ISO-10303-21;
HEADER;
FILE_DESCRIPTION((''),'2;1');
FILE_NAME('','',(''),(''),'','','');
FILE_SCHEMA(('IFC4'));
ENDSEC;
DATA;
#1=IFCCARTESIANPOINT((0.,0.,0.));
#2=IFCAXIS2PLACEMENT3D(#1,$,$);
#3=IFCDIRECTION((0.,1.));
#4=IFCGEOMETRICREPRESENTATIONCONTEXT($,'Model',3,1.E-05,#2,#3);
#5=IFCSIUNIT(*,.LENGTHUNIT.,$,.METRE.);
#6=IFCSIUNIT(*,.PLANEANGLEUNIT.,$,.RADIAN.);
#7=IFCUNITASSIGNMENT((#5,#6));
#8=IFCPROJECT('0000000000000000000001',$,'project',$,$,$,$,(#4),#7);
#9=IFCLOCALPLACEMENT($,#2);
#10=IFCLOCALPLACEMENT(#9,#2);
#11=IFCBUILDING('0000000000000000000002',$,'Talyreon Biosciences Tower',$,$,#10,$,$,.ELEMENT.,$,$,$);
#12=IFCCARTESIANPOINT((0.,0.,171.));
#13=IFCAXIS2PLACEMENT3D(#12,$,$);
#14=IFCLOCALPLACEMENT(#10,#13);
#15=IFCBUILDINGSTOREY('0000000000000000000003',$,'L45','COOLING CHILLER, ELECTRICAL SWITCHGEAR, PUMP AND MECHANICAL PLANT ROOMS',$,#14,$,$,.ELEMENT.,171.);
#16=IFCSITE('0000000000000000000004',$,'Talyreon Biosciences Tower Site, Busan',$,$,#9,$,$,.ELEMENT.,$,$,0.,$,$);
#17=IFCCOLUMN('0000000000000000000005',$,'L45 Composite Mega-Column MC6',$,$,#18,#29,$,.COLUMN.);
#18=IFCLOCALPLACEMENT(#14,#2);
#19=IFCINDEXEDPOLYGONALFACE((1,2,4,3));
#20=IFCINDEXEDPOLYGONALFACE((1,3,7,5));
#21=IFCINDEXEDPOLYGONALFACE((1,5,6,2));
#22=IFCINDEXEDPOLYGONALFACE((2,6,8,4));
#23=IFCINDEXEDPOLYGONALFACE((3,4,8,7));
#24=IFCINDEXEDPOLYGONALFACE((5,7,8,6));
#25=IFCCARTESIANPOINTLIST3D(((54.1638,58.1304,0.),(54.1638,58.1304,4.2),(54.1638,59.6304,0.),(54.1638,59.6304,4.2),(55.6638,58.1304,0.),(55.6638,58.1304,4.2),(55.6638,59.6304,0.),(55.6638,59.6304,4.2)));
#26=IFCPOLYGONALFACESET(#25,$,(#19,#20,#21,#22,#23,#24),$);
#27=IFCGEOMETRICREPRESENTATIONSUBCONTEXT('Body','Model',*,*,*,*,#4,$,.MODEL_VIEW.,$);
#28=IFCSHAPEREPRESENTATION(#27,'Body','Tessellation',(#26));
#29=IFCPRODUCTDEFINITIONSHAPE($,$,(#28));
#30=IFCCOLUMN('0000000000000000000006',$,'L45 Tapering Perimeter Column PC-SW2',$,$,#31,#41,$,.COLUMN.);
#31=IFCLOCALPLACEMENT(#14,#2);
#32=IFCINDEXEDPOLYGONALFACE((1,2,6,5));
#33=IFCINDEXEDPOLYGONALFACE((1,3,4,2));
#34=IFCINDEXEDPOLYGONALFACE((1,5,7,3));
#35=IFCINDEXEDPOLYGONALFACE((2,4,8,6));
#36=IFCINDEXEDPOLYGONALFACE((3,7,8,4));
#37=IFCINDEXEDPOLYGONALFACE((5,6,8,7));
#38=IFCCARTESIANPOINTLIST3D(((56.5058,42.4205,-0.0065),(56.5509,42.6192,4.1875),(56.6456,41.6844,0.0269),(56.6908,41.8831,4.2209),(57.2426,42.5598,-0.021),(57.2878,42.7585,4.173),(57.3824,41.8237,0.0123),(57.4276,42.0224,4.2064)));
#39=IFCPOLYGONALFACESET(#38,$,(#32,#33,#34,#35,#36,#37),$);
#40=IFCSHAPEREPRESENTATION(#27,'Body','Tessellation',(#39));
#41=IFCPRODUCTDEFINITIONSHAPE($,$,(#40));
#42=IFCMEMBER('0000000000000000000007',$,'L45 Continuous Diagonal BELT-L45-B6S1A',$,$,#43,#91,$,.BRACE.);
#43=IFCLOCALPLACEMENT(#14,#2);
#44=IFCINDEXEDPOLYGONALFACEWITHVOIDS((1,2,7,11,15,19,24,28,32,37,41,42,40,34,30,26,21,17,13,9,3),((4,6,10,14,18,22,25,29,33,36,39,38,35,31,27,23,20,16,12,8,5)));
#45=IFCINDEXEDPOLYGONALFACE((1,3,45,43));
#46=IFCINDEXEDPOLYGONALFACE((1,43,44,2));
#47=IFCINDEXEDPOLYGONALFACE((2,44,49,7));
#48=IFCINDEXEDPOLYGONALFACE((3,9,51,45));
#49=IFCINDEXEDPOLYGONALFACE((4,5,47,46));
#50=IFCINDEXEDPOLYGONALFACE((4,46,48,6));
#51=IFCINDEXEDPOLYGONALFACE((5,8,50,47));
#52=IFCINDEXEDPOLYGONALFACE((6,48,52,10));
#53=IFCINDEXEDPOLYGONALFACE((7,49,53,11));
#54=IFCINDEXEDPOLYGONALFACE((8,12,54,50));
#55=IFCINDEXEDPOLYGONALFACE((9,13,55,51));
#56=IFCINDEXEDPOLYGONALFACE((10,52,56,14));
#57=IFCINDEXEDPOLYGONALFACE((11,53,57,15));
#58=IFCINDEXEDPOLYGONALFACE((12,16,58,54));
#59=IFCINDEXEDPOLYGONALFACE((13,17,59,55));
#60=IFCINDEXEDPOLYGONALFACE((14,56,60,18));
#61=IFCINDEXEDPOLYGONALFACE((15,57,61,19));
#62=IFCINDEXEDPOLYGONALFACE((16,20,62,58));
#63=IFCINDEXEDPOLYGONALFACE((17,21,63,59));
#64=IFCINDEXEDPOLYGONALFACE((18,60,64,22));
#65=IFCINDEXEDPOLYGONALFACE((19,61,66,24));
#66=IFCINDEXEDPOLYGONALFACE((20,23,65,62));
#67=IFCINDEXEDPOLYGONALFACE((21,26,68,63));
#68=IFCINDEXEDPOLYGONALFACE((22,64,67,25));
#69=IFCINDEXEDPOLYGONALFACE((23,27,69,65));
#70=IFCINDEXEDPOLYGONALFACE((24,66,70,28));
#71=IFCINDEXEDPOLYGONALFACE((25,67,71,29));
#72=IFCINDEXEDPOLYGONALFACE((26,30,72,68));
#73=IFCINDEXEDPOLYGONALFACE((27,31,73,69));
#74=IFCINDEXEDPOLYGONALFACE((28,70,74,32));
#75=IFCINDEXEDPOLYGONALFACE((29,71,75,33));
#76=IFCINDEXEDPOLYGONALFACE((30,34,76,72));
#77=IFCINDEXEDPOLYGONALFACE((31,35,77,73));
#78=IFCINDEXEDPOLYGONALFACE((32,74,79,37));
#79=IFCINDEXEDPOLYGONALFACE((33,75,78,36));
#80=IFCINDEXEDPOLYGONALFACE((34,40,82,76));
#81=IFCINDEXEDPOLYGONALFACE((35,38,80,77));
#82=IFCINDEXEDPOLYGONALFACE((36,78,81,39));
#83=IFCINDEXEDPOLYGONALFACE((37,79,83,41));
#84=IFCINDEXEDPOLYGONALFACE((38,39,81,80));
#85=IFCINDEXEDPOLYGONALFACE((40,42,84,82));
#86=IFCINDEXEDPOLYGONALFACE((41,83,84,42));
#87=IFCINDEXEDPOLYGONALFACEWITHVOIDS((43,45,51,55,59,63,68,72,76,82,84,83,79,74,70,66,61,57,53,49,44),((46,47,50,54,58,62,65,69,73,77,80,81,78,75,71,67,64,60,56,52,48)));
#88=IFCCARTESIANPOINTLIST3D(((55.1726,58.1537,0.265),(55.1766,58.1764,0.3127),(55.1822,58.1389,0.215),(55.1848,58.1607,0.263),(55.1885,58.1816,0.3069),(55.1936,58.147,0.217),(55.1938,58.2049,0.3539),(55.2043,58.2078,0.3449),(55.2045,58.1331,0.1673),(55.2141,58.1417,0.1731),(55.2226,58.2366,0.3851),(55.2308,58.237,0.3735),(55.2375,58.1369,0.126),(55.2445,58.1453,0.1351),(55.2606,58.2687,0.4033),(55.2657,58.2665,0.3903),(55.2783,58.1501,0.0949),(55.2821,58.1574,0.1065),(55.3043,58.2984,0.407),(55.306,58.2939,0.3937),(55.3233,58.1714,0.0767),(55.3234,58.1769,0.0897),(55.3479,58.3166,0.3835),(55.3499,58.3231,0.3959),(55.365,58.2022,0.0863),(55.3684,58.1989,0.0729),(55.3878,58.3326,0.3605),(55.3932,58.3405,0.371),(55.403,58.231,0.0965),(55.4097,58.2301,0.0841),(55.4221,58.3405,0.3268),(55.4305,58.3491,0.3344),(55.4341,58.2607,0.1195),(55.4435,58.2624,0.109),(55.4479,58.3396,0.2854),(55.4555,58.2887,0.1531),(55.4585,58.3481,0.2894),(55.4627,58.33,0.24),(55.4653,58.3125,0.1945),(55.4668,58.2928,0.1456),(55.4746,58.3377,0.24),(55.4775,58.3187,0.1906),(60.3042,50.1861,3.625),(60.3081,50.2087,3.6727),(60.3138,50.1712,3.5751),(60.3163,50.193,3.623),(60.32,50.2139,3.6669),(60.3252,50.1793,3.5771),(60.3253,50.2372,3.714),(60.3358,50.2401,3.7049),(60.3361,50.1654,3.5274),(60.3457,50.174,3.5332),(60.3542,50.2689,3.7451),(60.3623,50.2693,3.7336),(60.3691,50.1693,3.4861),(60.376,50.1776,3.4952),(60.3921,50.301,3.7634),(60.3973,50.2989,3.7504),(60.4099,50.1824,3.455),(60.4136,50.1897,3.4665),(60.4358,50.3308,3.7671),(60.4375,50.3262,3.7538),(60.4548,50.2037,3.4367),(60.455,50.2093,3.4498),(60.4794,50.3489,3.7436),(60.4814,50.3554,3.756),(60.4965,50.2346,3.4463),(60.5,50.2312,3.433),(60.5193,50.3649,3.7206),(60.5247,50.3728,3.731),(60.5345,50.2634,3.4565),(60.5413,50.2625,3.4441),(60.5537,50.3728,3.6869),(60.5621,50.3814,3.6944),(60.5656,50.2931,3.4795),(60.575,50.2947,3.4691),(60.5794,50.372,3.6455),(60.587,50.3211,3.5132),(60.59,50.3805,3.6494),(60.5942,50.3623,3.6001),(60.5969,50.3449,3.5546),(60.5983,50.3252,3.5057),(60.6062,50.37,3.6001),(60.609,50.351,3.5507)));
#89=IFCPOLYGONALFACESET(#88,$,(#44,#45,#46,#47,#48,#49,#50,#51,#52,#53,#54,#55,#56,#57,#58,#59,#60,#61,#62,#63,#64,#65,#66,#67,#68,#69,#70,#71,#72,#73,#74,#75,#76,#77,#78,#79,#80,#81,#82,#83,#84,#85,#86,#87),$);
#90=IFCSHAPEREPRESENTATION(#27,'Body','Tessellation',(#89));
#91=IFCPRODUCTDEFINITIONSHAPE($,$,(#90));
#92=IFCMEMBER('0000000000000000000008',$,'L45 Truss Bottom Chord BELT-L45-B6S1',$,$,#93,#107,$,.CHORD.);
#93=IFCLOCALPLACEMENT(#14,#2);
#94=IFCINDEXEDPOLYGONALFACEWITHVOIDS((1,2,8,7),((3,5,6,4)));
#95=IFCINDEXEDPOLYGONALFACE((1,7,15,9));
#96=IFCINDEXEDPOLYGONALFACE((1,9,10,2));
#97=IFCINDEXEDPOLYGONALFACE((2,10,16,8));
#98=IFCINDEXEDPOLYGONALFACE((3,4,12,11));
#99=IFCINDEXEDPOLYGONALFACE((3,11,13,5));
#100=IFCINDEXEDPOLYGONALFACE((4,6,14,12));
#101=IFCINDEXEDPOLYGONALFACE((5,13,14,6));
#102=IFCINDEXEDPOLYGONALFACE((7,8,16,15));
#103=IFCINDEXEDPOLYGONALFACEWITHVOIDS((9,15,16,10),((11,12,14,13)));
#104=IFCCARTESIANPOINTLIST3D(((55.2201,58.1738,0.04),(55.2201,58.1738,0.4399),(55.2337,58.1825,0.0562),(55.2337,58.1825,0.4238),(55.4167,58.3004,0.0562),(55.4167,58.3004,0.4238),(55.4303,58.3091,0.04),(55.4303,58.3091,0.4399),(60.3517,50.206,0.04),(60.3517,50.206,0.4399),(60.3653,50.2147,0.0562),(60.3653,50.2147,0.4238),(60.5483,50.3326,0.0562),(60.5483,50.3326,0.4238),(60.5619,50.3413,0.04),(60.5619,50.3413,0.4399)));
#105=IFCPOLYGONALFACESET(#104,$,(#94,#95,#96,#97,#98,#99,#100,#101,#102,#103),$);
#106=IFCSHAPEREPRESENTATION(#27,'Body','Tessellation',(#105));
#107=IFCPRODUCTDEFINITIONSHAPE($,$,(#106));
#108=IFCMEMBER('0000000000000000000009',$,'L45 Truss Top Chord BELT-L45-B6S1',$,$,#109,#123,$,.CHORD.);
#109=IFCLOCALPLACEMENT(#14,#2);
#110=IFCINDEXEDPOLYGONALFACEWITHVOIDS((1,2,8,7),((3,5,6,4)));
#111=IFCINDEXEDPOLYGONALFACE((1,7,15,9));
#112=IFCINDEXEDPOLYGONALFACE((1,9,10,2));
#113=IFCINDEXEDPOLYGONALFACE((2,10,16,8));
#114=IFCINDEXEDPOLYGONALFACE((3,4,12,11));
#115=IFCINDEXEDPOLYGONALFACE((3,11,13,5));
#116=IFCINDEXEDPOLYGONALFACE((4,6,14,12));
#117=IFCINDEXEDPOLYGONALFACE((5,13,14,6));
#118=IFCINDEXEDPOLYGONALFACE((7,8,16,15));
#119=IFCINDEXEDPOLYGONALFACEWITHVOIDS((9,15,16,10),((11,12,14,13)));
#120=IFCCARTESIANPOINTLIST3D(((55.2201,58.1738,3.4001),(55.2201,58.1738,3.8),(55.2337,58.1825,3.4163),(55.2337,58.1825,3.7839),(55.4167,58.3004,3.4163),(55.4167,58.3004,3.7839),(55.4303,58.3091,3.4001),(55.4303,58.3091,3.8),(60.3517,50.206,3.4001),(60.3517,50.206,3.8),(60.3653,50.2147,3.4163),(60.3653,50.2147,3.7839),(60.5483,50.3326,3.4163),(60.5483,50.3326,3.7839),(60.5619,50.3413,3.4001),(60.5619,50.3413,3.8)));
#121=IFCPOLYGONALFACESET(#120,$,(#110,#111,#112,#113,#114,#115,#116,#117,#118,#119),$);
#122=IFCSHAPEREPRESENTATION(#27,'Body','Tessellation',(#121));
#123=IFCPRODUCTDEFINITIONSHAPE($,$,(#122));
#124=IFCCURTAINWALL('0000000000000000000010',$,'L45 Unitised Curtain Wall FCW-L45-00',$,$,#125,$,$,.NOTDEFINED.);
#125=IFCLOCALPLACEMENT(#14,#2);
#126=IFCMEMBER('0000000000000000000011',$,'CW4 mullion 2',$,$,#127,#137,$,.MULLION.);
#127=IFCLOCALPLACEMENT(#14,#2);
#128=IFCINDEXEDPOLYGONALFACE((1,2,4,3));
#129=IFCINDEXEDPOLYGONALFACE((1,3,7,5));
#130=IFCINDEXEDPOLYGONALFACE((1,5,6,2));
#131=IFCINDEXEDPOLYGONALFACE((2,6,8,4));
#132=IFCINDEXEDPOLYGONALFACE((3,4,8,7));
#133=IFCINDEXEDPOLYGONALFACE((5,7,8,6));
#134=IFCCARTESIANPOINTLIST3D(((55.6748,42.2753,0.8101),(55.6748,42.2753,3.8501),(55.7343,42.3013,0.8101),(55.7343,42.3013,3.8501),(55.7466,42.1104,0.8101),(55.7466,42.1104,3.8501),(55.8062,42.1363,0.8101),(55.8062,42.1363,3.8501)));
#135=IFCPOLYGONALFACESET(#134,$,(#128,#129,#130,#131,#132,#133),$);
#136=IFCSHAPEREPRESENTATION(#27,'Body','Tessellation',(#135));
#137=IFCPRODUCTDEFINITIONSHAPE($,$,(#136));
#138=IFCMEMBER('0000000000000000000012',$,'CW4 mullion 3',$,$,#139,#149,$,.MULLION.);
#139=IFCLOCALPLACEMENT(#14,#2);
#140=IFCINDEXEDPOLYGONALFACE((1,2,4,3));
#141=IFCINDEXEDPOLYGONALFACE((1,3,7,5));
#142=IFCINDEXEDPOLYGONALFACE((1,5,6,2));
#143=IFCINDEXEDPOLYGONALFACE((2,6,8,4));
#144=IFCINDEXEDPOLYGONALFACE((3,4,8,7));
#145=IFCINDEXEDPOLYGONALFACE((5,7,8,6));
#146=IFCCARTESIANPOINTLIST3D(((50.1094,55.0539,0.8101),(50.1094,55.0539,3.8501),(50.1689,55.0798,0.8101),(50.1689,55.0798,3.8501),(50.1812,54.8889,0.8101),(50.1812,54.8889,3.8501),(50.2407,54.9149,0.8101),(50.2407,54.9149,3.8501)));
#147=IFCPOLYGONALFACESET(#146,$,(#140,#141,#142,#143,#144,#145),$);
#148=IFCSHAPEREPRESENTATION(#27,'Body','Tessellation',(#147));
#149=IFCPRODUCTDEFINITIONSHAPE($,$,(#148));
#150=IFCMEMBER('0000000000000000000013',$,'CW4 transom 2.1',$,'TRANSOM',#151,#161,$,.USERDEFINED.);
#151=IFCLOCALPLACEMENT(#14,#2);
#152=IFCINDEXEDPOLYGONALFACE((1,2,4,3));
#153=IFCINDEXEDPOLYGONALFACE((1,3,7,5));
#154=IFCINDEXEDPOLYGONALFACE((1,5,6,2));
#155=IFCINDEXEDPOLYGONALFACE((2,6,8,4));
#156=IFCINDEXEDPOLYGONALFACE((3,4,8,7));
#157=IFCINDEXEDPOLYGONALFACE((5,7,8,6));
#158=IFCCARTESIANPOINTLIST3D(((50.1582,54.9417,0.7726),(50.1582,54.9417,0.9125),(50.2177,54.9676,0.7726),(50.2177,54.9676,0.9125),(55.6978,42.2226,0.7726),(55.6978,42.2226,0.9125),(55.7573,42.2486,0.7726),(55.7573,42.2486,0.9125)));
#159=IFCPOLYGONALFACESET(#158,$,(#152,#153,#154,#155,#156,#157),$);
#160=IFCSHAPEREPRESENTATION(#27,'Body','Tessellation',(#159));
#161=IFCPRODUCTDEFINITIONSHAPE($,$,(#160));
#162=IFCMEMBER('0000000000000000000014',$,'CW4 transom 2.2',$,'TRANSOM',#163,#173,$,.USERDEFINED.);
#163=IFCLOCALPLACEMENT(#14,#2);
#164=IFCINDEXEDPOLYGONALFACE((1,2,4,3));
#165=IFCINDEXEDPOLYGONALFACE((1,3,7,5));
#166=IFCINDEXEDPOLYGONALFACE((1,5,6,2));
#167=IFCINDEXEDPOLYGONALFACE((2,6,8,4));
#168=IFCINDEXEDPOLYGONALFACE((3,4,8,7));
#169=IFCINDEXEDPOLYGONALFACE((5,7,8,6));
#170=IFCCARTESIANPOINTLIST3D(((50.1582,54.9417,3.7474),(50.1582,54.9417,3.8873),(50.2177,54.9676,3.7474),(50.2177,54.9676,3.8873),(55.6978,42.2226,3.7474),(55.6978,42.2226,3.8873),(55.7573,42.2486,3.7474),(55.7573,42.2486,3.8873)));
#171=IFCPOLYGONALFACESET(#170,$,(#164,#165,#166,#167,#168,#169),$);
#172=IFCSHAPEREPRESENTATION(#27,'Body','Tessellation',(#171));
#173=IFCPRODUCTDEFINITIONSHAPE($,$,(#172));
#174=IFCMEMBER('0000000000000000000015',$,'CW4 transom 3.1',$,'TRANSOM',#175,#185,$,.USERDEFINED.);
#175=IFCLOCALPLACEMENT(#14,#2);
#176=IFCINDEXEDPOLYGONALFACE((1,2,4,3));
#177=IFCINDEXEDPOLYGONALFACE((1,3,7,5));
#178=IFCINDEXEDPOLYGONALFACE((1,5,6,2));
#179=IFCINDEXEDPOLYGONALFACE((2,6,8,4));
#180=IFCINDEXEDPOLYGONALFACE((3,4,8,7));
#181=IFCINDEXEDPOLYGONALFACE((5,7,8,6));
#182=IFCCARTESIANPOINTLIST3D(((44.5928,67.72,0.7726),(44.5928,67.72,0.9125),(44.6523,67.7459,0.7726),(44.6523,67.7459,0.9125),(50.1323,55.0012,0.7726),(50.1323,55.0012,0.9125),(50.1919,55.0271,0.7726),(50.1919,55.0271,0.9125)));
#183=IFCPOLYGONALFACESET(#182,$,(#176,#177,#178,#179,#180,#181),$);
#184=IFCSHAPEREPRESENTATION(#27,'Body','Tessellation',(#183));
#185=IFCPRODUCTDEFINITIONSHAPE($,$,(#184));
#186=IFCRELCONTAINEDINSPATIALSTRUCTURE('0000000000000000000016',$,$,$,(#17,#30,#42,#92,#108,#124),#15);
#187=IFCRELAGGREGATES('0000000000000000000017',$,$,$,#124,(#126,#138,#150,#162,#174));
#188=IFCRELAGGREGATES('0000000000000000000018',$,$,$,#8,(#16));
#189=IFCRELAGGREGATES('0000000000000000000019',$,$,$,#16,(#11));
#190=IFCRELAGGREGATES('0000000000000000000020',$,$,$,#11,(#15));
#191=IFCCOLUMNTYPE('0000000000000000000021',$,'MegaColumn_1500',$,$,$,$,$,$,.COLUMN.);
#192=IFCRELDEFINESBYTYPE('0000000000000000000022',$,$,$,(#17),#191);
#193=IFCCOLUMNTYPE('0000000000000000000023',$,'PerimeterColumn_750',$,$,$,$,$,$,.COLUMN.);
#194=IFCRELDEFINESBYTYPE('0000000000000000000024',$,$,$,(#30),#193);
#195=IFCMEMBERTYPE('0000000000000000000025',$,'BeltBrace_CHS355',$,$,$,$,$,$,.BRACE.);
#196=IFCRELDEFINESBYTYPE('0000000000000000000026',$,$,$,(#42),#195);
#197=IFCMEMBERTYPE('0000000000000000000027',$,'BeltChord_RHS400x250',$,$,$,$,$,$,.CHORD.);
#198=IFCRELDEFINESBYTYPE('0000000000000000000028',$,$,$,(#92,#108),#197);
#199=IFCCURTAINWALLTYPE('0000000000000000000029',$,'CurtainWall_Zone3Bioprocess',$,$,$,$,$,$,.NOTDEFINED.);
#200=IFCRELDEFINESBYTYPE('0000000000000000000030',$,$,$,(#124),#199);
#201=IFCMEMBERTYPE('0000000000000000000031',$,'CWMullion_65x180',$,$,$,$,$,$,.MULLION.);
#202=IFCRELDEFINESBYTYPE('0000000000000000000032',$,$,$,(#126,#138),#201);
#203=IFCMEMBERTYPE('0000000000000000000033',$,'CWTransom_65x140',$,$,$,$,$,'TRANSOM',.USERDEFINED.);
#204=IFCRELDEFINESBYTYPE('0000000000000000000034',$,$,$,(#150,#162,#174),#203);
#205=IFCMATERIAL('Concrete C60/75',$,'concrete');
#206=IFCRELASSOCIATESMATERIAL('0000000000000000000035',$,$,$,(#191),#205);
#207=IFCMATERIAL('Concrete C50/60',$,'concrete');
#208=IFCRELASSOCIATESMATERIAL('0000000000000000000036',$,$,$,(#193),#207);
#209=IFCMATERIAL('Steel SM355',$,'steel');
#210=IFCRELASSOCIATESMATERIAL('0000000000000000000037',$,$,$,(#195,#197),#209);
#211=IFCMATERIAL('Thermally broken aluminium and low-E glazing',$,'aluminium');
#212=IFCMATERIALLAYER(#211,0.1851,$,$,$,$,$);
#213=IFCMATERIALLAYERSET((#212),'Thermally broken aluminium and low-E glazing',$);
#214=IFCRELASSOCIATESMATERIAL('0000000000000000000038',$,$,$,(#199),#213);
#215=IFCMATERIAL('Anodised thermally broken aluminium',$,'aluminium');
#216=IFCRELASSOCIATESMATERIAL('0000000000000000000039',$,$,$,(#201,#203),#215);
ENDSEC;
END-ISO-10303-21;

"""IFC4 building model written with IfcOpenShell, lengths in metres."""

from ifc_helpers import new_model, si_unit, direction, frame, origin, origin_2d, place, context, subcontext, project, spatial, rectangle, hollow_rectangle, hollow_circle, extrude, material, layer, layer_set, material_profile, profile_set, type_object, element, aggregate, save


model = new_model("IFC4")

# Units and contexts
model_context = context("Model", 3, precision=1e-05, world=origin(), true_north=direction((0.0, 1.0)))
body_context = subcontext(model_context, "Body", "Model", "MODEL_VIEW")
ifc_project = project(units=[si_unit("LENGTHUNIT", "METRE"), si_unit("PLANEANGLEUNIT", "RADIAN")], contexts=[model_context])

# Site, building, storey
site_placement = place(None, origin())
site = spatial("IfcSite", under=ifc_project, at=site_placement, Name="Talyreon Biosciences Tower Site, Busan", CompositionType="ELEMENT", RefElevation=0.0)
building_placement = place(site_placement, origin())
building = spatial("IfcBuilding", under=site, at=building_placement, Name="Talyreon Biosciences Tower", CompositionType="ELEMENT")
storey_placement = place(building_placement, frame((0.0, 0.0, 171.0)))
storey = spatial("IfcBuildingStorey", under=building, at=storey_placement, Name="L45", Description="COOLING CHILLER, ELECTRICAL SWITCHGEAR, PUMP AND MECHANICAL PLANT ROOMS", CompositionType="ELEMENT", Elevation=171.0)

# Columns
ifc_material_1 = material(Name="Concrete C60/75", Category="concrete")
ifc_material_profile_1 = material_profile(ifc_material_1, rectangle(XDim=1.5, YDim=1.5, at=origin_2d()), Name="RC 1500x1500")
ifc_profile_set_1 = profile_set([ifc_material_profile_1], Name="Concrete C60/75")
column_type_1 = type_object("IfcColumnType", Name="MegaColumn_1500", PredefinedType="COLUMN", material=ifc_profile_set_1)
column_1_placement = place(storey_placement, frame((54.9138, 58.8804, 0.0), z_axis=(0.0, 0.0, 1.0), x_axis=(1.0, 0.0, 0.0)))
element("IfcColumn", 1, at=column_1_placement, inside=storey, type_object=column_type_1, Name="L45 Composite Mega-Column MC6", PredefinedType="COLUMN", context=body_context, shape_type="SweptSolid", body=[
    extrude(rectangle(XDim=1.5, YDim=1.5, at=origin_2d()), origin(), (0.0, 0.0, 1.0), 4.2),
])
ifc_material_2 = material(Name="Concrete C50/60", Category="concrete")
ifc_material_profile_2 = material_profile(ifc_material_2, rectangle(XDim=0.75, YDim=0.75, at=origin_2d()), Name="RC 750x750")
ifc_profile_set_2 = profile_set([ifc_material_profile_2], Name="Concrete C50/60")
column_type_2 = type_object("IfcColumnType", Name="PerimeterColumn_750", PredefinedType="COLUMN", material=ifc_profile_set_2)
column_2_placement = place(storey_placement, frame((56.9441, 42.1221, 0.0029), z_axis=(0.010756, 0.047328, 0.998822), x_axis=(-0.186416, 0.981463, -0.044498)))
element("IfcColumn", 2, at=column_2_placement, inside=storey, type_object=column_type_2, Name="L45 Tapering Perimeter Column PC-SW2", PredefinedType="COLUMN", context=body_context, shape_type="SweptSolid", body=[
    extrude(rectangle(XDim=0.75, YDim=0.75, at=origin_2d()), origin(), (0.0, 0.0, 1.0), 4.199),
])

# Members
ifc_material_3 = material(Name="Steel SM355", Category="steel")
ifc_material_profile_3 = material_profile(ifc_material_3, hollow_circle(Radius=0.1777, WallThickness=0.0142, at=origin_2d()), Name="CHS 355.6x14.2")
ifc_profile_set_3 = profile_set([ifc_material_profile_3], Name="Steel SM355")
member_type_1 = type_object("IfcMemberType", Name="BeltBrace_CHS355", PredefinedType="BRACE", material=ifc_profile_set_3)
member_1_placement = place(storey_placement, frame((55.3252, 58.2415, 0.24), z_axis=(0.510337, -0.792396, 0.334163), x_axis=(0.840725, 0.541463, 0.0)))
element("IfcMember", 3, at=member_1_placement, inside=storey, type_object=member_type_1, Name="L45 Continuous Diagonal BELT-L45-B6S1A", PredefinedType="BRACE", context=body_context, shape_type="SweptSolid", body=[
    extrude(hollow_circle(Radius=0.1777, WallThickness=0.0142, at=origin_2d()), origin(), (0.0, 0.0, 1.0), 10.0552),
])
ifc_material_profile_4 = material_profile(ifc_material_3, hollow_rectangle(XDim=0.25, YDim=0.3999, WallThickness=0.0161, at=origin_2d()), Name="RHS 400x250x16")
ifc_profile_set_4 = profile_set([ifc_material_profile_4], Name="Steel SM355")
member_type_2 = type_object("IfcMemberType", Name="BeltChord_RHS400x250", PredefinedType="CHORD", material=ifc_profile_set_4)
for number, where, z_axis, x_axis, name in (
    (4, (55.3252, 58.2415, 0.24), (0.541463, -0.840725, 0.0), (0.840725, 0.541463, 0.0), "L45 Truss Bottom Chord BELT-L45-B6S1"),
    (5, (55.3252, 58.2415, 3.6001), (0.541463, -0.840725, 0.0), (0.840725, 0.541463, 0.0), "L45 Truss Top Chord BELT-L45-B6S1"),
):
    element("IfcMember", number, at=place(storey_placement, frame(where, z_axis=z_axis, x_axis=x_axis)), inside=storey, type_object=member_type_2, Name=name, PredefinedType="CHORD", context=body_context, shape_type="SweptSolid", body=[
        extrude(hollow_rectangle(XDim=0.25, YDim=0.3999, WallThickness=0.0161, at=origin_2d()), origin(), (0.0, 0.0, 1.0), 9.4773),
    ])

# Curtain wall, members
ifc_material_4 = material(Name="Thermally broken aluminium and low-E glazing", Category="aluminium")
ifc_layer_1 = layer(ifc_material_4, 0.1851)
ifc_layer_set_1 = layer_set([ifc_layer_1], Name="Thermally broken aluminium and low-E glazing")
curtain_wall_type = type_object("IfcCurtainWallType", Name="CurtainWall_Zone3Bioprocess", PredefinedType="NOTDEFINED", material=ifc_layer_set_1)
curtain_wall_placement = place(storey_placement, origin())
curtain_wall = element("IfcCurtainWall", 6, at=curtain_wall_placement, inside=storey, type_object=curtain_wall_type, Name="L45 Unitised Curtain Wall FCW-L45-00", PredefinedType="NOTDEFINED")
ifc_material_5 = material(Name="Anodised thermally broken aluminium", Category="aluminium")
ifc_material_profile_5 = material_profile(ifc_material_5, rectangle(XDim=0.0649, YDim=0.1799, at=origin_2d()), Name="ALUM MULLION 65x180")
ifc_profile_set_5 = profile_set([ifc_material_profile_5], Name="Anodised thermally broken aluminium")
member_type_3 = type_object("IfcMemberType", Name="CWMullion_65x180", PredefinedType="MULLION", material=ifc_profile_set_5)
member_2_placement = place(storey_placement, frame((55.7405, 42.2058, 0.8101), z_axis=(0.0, 0.0, 1.0), x_axis=(-0.91682, -0.3993, 0.0)))
member_2 = element("IfcMember", 7, at=member_2_placement, type_object=member_type_3, Name="CW4 mullion 2", PredefinedType="MULLION", context=body_context, shape_type="SweptSolid", body=[
    extrude(rectangle(XDim=0.0649, YDim=0.1799, at=origin_2d()), origin(), (0.0, 0.0, 1.0), 3.04),
])
member_3_placement = place(storey_placement, frame((50.175, 54.9844, 0.8101), z_axis=(0.0, 0.0, 1.0), x_axis=(-0.91682, -0.3993, 0.0)))
member_3 = element("IfcMember", 8, at=member_3_placement, type_object=member_type_3, Name="CW4 mullion 3", PredefinedType="MULLION", context=body_context, shape_type="SweptSolid", body=[
    extrude(rectangle(XDim=0.0649, YDim=0.1799, at=origin_2d()), origin(), (0.0, 0.0, 1.0), 3.04),
])
ifc_material_profile_6 = material_profile(ifc_material_5, rectangle(XDim=0.0649, YDim=0.1399, at=origin_2d()), Name="ALUM TRANSOM 65x140")
ifc_profile_set_6 = profile_set([ifc_material_profile_6], Name="Anodised thermally broken aluminium")
member_type_4 = type_object("IfcMemberType", Name="CWTransom_65x140", ElementType="TRANSOM", PredefinedType="USERDEFINED", material=ifc_profile_set_6)
member_4_placement = place(storey_placement, frame((55.7275, 42.2356, 0.8425), z_axis=(-0.399305, 0.916818, 0.0), x_axis=(-0.916818, -0.399305, 0.0)))
member_4 = element("IfcMember", 9, at=member_4_placement, type_object=member_type_4, Name="CW4 transom 2.1", ObjectType="TRANSOM", PredefinedType="USERDEFINED", context=body_context, shape_type="SweptSolid", body=[
    extrude(rectangle(XDim=0.0649, YDim=0.1399, at=origin_2d()), origin(), (0.0, 0.0, 1.0), 13.873),
])
member_5_placement = place(storey_placement, frame((55.7275, 42.2356, 3.8174), z_axis=(-0.399305, 0.916818, 0.0), x_axis=(-0.916818, -0.399305, 0.0)))
member_5 = element("IfcMember", 10, at=member_5_placement, type_object=member_type_4, Name="CW4 transom 2.2", ObjectType="TRANSOM", PredefinedType="USERDEFINED", context=body_context, shape_type="SweptSolid", body=[
    extrude(rectangle(XDim=0.0649, YDim=0.1399, at=origin_2d()), origin(), (0.0, 0.0, 1.0), 13.873),
])
member_6_placement = place(storey_placement, frame((50.1621, 55.0142, 0.8425), z_axis=(-0.399312, 0.916815, 0.0), x_axis=(-0.916815, -0.399312, 0.0)))
member_6 = element("IfcMember", 11, at=member_6_placement, type_object=member_type_4, Name="CW4 transom 3.1", ObjectType="TRANSOM", PredefinedType="USERDEFINED", context=body_context, shape_type="SweptSolid", body=[
    extrude(rectangle(XDim=0.0649, YDim=0.1399, at=origin_2d()), origin(), (0.0, 0.0, 1.0), 13.8728),
])

aggregate(curtain_wall, [member_2, member_3, member_4, member_5, member_6])

save(model, "model.ifc")
